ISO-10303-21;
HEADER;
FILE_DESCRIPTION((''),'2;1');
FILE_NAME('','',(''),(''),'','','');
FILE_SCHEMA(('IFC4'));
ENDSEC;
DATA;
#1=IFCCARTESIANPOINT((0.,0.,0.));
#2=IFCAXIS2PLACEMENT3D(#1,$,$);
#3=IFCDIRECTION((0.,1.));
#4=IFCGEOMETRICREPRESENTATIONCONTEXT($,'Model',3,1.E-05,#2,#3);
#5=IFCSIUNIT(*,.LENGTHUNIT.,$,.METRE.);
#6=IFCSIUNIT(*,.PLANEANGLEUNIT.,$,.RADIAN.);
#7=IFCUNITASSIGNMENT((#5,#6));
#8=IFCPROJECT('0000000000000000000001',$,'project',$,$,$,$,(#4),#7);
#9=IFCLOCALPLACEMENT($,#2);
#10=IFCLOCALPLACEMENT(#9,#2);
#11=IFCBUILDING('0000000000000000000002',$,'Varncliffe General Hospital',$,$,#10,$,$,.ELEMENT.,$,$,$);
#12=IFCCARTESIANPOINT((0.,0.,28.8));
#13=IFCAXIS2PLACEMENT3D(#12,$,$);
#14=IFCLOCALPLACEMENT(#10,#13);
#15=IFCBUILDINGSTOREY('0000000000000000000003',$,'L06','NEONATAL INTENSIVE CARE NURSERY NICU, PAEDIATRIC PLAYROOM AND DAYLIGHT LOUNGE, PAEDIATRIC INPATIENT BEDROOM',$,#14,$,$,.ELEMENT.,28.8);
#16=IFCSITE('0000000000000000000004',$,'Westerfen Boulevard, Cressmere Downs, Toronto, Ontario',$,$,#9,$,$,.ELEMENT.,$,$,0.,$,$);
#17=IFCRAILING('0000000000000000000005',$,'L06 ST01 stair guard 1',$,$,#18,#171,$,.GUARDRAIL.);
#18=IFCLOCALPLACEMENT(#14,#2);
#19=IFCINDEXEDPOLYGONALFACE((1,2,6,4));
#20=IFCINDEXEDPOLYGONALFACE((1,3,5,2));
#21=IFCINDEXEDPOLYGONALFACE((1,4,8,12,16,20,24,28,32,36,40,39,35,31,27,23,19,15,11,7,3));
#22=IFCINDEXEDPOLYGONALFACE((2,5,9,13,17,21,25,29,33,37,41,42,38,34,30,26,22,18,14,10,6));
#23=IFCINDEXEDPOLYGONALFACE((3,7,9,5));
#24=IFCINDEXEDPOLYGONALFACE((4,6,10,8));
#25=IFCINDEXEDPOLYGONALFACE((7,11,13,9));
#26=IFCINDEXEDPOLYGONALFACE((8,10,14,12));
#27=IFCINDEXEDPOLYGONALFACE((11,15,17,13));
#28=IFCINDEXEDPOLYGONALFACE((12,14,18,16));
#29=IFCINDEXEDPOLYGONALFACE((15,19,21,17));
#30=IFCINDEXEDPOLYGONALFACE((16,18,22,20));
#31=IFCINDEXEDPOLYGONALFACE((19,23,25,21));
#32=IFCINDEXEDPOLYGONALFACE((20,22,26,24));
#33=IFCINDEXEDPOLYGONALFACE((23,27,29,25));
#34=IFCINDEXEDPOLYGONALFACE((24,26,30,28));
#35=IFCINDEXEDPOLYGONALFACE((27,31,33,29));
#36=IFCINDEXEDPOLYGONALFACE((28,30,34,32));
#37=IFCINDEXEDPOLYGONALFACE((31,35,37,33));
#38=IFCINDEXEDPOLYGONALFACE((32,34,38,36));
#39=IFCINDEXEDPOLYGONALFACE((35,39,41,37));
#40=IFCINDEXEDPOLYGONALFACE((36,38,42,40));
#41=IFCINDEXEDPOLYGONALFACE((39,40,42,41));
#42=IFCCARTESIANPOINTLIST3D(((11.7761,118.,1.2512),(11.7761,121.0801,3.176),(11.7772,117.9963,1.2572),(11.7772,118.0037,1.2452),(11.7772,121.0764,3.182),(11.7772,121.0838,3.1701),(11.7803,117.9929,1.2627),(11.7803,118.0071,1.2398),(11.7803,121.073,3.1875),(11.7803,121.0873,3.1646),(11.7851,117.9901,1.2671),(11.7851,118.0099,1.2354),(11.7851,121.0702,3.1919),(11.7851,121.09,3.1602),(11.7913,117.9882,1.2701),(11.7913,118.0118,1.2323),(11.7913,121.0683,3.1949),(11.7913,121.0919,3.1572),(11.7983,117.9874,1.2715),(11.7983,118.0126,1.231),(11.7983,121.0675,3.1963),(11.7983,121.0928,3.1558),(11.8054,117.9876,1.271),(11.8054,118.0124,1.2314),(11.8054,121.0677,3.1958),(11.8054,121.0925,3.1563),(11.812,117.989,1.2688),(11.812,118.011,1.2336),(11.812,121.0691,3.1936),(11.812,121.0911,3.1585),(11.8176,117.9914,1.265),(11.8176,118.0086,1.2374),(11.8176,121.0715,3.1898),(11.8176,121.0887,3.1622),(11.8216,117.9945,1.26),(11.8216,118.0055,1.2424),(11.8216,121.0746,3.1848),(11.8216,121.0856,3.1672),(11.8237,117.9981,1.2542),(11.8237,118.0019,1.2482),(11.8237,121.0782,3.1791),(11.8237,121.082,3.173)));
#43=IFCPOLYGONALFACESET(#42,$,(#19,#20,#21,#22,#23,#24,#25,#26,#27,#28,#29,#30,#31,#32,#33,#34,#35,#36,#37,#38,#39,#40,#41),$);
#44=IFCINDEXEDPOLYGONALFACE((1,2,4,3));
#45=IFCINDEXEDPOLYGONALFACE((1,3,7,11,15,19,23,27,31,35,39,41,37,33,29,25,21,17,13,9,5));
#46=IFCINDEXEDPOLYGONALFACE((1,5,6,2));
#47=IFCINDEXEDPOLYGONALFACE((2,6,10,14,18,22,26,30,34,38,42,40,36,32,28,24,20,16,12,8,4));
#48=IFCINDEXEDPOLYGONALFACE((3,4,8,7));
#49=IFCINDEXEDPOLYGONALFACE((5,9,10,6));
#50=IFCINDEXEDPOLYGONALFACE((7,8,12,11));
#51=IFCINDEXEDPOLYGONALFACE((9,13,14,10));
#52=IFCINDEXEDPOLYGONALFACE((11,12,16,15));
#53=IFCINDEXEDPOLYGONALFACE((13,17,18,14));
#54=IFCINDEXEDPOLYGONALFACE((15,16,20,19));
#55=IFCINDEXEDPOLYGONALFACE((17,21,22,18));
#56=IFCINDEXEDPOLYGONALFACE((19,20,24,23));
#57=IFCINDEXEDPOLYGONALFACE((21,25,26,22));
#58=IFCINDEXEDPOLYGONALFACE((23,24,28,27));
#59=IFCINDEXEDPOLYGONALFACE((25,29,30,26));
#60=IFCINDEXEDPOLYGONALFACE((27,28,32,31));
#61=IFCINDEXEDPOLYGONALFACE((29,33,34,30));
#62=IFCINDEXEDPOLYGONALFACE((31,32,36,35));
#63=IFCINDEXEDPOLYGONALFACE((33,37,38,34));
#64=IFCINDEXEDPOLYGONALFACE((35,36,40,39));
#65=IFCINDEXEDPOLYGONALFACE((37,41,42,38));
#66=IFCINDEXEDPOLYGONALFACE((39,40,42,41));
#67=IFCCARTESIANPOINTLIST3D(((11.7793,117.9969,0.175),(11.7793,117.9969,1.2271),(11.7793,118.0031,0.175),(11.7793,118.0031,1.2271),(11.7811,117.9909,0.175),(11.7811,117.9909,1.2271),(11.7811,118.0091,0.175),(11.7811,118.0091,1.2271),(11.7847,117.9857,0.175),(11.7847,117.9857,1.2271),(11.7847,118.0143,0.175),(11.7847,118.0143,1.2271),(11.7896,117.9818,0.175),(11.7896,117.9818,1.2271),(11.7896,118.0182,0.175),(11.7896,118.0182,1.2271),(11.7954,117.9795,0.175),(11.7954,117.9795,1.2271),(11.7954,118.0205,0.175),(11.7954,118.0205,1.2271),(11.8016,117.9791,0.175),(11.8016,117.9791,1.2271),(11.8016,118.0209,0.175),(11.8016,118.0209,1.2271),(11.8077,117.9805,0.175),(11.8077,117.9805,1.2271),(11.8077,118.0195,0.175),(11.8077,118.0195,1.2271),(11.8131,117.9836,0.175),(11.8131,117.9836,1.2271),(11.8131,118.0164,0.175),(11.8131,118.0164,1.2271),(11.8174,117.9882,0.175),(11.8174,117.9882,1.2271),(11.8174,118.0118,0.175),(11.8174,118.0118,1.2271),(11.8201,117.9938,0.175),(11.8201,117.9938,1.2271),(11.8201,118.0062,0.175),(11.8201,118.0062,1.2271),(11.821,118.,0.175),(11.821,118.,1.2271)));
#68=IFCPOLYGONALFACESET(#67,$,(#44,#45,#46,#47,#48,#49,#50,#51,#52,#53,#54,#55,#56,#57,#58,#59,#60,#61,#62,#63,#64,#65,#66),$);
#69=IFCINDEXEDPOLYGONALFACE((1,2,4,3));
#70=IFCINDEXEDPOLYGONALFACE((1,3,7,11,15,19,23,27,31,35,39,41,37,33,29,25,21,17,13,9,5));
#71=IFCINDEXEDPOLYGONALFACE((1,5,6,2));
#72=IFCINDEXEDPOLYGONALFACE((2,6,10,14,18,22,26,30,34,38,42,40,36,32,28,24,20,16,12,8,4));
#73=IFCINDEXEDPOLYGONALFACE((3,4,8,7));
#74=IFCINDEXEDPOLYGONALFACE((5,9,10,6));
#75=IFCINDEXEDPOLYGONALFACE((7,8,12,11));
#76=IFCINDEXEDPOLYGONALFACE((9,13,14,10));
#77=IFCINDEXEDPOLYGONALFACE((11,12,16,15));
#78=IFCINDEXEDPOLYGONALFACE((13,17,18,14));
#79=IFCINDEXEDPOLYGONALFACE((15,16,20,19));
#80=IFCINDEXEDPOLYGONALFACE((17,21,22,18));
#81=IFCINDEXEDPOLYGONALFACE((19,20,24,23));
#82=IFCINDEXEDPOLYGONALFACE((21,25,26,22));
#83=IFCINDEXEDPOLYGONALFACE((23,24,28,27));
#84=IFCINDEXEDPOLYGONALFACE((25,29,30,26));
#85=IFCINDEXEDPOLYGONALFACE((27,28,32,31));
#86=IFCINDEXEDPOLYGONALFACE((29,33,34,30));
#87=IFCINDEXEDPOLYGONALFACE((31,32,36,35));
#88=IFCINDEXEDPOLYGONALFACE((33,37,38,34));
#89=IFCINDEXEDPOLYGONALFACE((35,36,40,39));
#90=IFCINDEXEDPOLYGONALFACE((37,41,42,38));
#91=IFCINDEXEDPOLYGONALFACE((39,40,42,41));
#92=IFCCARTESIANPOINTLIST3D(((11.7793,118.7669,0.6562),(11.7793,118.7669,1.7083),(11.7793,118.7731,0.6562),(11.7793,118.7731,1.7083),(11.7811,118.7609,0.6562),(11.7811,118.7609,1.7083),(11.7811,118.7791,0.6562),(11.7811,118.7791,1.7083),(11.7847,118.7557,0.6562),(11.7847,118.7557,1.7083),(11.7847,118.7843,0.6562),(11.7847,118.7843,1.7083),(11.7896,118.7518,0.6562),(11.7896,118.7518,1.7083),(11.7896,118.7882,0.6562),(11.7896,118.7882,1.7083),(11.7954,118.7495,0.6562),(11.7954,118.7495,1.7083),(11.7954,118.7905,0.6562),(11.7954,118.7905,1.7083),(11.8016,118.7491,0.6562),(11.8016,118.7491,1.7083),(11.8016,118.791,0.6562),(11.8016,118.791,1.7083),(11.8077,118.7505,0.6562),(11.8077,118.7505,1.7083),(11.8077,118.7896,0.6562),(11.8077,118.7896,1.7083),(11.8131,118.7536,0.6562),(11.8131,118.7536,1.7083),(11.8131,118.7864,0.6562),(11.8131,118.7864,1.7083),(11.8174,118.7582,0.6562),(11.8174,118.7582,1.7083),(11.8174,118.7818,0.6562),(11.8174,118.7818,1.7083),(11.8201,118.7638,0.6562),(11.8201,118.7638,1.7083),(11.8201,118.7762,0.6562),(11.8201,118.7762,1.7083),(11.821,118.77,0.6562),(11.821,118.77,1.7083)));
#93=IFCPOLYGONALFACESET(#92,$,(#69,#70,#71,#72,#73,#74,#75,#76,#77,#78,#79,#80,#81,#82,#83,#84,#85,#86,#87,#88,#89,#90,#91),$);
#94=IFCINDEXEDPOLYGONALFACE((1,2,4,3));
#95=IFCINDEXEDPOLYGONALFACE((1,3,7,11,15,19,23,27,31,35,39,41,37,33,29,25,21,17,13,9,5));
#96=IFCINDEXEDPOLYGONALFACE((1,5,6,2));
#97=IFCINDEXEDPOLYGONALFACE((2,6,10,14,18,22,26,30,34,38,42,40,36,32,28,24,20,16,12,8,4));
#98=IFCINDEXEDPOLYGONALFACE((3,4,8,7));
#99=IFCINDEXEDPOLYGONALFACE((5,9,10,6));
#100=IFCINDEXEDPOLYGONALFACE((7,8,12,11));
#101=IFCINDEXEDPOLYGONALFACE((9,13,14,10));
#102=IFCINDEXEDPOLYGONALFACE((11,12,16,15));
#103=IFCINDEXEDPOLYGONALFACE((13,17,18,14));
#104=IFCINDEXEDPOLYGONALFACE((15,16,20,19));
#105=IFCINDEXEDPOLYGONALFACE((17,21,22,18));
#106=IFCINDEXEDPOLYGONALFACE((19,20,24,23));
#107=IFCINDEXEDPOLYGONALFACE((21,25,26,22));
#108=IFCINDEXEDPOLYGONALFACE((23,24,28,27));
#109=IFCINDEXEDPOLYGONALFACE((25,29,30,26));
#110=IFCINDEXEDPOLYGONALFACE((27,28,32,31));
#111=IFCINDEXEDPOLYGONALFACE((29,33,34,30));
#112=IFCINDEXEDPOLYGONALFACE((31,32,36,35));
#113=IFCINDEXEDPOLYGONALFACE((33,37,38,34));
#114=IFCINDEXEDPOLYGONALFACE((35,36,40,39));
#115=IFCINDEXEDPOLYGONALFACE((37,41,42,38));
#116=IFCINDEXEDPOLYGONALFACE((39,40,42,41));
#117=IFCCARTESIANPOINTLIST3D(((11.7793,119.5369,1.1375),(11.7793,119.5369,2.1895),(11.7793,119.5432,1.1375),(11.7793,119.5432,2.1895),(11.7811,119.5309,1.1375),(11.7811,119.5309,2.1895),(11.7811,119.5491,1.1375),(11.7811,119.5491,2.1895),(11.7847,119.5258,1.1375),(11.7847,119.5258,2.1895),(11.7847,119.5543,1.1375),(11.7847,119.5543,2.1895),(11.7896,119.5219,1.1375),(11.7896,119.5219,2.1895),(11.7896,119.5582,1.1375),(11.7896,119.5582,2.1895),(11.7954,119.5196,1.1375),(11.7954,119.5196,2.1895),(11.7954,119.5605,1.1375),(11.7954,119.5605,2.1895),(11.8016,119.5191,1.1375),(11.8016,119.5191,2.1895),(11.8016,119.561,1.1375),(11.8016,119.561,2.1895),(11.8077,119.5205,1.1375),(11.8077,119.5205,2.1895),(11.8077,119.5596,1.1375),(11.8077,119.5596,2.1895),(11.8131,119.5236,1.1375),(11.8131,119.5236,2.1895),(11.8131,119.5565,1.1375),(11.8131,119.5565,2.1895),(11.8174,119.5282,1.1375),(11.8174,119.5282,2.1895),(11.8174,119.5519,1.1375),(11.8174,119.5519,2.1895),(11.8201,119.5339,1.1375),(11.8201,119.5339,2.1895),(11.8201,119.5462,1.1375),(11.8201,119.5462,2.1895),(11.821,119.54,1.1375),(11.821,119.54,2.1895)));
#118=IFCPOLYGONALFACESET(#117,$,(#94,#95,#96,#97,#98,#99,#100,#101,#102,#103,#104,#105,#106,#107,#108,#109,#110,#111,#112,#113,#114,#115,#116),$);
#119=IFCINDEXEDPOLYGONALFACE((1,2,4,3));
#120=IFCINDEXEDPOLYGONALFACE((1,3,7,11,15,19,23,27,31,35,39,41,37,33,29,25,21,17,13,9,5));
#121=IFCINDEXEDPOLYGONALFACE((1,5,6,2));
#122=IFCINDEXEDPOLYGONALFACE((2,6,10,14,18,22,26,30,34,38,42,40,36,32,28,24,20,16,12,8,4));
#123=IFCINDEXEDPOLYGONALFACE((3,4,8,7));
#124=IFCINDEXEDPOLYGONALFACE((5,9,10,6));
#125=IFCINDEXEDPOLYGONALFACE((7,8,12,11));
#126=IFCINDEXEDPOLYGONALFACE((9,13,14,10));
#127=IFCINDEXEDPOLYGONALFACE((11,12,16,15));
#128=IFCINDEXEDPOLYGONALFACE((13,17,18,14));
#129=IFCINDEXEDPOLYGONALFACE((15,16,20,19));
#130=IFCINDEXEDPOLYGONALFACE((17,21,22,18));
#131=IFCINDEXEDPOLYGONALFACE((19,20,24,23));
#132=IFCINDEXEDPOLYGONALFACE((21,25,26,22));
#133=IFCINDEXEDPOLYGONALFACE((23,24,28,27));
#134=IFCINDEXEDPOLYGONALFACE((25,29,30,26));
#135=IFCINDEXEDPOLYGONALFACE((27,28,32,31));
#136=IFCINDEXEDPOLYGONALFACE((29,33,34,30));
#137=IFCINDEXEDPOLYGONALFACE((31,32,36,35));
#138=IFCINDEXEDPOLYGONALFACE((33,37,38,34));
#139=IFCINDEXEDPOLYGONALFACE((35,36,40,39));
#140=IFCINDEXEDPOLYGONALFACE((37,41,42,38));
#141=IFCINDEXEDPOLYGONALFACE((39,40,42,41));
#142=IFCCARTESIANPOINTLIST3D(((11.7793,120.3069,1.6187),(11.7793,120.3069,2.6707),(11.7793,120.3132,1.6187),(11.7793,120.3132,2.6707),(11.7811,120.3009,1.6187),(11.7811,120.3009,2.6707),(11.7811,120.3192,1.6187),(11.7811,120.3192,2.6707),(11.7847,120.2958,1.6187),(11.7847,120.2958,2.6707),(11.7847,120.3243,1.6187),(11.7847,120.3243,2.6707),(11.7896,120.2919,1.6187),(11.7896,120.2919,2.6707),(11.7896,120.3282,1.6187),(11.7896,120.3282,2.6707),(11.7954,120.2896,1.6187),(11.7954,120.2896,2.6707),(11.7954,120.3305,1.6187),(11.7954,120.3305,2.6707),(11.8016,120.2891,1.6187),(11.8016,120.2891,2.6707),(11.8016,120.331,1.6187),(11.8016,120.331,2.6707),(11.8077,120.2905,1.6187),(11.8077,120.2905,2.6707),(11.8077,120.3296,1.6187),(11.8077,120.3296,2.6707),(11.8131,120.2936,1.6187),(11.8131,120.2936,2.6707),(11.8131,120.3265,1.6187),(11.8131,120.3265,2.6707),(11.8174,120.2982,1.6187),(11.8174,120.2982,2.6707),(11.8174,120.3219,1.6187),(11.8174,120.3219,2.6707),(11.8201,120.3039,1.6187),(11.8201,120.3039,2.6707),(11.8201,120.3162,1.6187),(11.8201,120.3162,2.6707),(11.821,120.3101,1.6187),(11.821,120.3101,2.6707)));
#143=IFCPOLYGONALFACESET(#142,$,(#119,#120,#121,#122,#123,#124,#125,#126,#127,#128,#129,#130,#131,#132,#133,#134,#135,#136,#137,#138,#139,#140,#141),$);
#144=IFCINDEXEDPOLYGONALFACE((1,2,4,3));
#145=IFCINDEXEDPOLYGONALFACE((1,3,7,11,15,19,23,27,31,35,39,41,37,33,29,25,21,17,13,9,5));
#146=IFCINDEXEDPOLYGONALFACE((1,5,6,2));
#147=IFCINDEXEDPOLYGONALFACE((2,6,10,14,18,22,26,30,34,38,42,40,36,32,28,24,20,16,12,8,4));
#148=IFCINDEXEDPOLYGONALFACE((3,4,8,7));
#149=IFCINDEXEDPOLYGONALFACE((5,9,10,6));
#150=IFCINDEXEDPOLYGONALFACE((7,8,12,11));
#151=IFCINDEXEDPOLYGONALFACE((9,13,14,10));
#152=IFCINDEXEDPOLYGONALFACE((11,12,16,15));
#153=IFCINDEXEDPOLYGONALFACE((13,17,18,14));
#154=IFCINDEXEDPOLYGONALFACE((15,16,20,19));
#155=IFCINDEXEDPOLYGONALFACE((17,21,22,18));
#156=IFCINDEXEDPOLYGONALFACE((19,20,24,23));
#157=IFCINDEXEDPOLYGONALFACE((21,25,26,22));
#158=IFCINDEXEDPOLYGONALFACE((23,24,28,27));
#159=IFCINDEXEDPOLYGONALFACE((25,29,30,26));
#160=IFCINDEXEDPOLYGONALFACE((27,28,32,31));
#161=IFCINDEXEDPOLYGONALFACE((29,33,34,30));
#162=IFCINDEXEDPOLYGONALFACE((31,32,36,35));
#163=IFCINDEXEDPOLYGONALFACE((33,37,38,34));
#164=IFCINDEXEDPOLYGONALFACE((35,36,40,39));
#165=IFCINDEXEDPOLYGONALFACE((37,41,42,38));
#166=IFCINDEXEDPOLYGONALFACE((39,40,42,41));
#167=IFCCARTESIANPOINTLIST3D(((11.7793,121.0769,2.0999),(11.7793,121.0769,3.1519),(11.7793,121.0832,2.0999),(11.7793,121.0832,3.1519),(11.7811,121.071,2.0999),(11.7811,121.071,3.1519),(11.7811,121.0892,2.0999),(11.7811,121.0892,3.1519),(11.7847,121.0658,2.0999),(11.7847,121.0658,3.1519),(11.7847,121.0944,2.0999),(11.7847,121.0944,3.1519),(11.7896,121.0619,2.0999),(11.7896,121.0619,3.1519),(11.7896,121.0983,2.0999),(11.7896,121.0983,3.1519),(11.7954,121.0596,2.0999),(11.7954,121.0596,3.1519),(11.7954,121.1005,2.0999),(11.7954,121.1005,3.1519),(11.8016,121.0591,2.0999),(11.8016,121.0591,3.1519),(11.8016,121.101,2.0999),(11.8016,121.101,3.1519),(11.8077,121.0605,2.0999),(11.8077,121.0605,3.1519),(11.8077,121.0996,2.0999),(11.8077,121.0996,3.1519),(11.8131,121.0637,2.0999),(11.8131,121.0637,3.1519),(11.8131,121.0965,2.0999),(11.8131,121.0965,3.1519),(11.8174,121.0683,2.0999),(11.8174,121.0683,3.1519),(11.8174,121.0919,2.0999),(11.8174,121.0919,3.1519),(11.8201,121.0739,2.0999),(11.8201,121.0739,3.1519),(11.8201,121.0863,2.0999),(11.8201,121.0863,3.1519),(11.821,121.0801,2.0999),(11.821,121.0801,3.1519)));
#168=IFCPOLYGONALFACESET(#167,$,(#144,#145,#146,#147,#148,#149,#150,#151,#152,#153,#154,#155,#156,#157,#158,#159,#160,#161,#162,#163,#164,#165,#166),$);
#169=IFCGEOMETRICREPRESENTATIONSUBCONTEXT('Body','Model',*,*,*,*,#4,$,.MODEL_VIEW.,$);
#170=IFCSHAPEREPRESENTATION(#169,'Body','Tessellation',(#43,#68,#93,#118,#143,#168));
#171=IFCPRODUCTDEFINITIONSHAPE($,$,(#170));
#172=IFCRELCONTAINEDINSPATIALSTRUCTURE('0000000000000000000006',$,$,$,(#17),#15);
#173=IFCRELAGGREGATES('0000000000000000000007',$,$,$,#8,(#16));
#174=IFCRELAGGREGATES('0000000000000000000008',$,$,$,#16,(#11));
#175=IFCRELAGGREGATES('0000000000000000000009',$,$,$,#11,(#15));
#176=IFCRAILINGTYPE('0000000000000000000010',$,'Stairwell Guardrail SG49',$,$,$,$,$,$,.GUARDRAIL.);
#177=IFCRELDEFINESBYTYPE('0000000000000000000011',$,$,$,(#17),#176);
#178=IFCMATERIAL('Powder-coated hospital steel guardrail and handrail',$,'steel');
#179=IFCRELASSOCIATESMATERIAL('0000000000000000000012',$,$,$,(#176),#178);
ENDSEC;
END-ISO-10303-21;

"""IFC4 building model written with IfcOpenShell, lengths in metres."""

from ifc_helpers import new_model, si_unit, direction, frame, origin, origin_2d, place, context, subcontext, project, spatial, circle, extrude, material, type_object, element, save


model = new_model("IFC4")

# Units and contexts
model_context = context("Model", 3, precision=1e-05, world=origin(), true_north=direction((0.0, 1.0)))
body_context = subcontext(model_context, "Body", "Model", "MODEL_VIEW")
ifc_project = project(units=[si_unit("LENGTHUNIT", "METRE"), si_unit("PLANEANGLEUNIT", "RADIAN")], contexts=[model_context])

# Site, building, storey
site_placement = place(None, origin())
site = spatial("IfcSite", under=ifc_project, at=site_placement, Name="Westerfen Boulevard, Cressmere Downs, Toronto, Ontario", CompositionType="ELEMENT", RefElevation=0.0)
building_placement = place(site_placement, origin())
building = spatial("IfcBuilding", under=site, at=building_placement, Name="Varncliffe General Hospital", CompositionType="ELEMENT")
storey_placement = place(building_placement, frame((0.0, 0.0, 28.8)))
storey = spatial("IfcBuildingStorey", under=building, at=storey_placement, Name="L06", Description="NEONATAL INTENSIVE CARE NURSERY NICU, PAEDIATRIC PLAYROOM AND DAYLIGHT LOUNGE, PAEDIATRIC INPATIENT BEDROOM", CompositionType="ELEMENT", Elevation=28.8)

# Railing
ifc_material_1 = material(Name="Powder-coated hospital steel guardrail and handrail", Category="steel")
railing_type_1 = type_object("IfcRailingType", Name="Stairwell Guardrail SG49", PredefinedType="GUARDRAIL", material=ifc_material_1)
railing_1_placement = place(storey_placement, frame((11.8, 118.0, 0.175)))
element("IfcRailing", 1, at=railing_1_placement, inside=storey, type_object=railing_type_1, Name="L06 ST01 stair guard 1", PredefinedType="GUARDRAIL", context=body_context, shape_type="SweptSolid", body=[
    extrude(circle(Radius=0.0239, at=origin_2d()), frame((0.0, 0.0, 1.0762), z_axis=(0.0, 0.848029, 0.529951), x_axis=(-1.0, 0.0, 0.0)), (0.0, 0.0, 1.0), 3.6321),
    extrude(circle(Radius=0.021, at=origin_2d()), origin(), (0.0, 0.0, 1.0), 1.052),
    extrude(circle(Radius=0.021, at=origin_2d()), frame((0.0, 0.77, 0.4812)), (0.0, 0.0, 1.0), 1.052),
    extrude(circle(Radius=0.021, at=origin_2d()), frame((0.0, 1.54, 0.9624)), (0.0, 0.0, 1.0), 1.052),
    extrude(circle(Radius=0.021, at=origin_2d()), frame((0.0, 2.3101, 1.4436)), (0.0, 0.0, 1.0), 1.052),
    extrude(circle(Radius=0.021, at=origin_2d()), frame((0.0, 3.0801, 1.9248)), (0.0, 0.0, 1.0), 1.052),
])

save(model, "model.ifc")
